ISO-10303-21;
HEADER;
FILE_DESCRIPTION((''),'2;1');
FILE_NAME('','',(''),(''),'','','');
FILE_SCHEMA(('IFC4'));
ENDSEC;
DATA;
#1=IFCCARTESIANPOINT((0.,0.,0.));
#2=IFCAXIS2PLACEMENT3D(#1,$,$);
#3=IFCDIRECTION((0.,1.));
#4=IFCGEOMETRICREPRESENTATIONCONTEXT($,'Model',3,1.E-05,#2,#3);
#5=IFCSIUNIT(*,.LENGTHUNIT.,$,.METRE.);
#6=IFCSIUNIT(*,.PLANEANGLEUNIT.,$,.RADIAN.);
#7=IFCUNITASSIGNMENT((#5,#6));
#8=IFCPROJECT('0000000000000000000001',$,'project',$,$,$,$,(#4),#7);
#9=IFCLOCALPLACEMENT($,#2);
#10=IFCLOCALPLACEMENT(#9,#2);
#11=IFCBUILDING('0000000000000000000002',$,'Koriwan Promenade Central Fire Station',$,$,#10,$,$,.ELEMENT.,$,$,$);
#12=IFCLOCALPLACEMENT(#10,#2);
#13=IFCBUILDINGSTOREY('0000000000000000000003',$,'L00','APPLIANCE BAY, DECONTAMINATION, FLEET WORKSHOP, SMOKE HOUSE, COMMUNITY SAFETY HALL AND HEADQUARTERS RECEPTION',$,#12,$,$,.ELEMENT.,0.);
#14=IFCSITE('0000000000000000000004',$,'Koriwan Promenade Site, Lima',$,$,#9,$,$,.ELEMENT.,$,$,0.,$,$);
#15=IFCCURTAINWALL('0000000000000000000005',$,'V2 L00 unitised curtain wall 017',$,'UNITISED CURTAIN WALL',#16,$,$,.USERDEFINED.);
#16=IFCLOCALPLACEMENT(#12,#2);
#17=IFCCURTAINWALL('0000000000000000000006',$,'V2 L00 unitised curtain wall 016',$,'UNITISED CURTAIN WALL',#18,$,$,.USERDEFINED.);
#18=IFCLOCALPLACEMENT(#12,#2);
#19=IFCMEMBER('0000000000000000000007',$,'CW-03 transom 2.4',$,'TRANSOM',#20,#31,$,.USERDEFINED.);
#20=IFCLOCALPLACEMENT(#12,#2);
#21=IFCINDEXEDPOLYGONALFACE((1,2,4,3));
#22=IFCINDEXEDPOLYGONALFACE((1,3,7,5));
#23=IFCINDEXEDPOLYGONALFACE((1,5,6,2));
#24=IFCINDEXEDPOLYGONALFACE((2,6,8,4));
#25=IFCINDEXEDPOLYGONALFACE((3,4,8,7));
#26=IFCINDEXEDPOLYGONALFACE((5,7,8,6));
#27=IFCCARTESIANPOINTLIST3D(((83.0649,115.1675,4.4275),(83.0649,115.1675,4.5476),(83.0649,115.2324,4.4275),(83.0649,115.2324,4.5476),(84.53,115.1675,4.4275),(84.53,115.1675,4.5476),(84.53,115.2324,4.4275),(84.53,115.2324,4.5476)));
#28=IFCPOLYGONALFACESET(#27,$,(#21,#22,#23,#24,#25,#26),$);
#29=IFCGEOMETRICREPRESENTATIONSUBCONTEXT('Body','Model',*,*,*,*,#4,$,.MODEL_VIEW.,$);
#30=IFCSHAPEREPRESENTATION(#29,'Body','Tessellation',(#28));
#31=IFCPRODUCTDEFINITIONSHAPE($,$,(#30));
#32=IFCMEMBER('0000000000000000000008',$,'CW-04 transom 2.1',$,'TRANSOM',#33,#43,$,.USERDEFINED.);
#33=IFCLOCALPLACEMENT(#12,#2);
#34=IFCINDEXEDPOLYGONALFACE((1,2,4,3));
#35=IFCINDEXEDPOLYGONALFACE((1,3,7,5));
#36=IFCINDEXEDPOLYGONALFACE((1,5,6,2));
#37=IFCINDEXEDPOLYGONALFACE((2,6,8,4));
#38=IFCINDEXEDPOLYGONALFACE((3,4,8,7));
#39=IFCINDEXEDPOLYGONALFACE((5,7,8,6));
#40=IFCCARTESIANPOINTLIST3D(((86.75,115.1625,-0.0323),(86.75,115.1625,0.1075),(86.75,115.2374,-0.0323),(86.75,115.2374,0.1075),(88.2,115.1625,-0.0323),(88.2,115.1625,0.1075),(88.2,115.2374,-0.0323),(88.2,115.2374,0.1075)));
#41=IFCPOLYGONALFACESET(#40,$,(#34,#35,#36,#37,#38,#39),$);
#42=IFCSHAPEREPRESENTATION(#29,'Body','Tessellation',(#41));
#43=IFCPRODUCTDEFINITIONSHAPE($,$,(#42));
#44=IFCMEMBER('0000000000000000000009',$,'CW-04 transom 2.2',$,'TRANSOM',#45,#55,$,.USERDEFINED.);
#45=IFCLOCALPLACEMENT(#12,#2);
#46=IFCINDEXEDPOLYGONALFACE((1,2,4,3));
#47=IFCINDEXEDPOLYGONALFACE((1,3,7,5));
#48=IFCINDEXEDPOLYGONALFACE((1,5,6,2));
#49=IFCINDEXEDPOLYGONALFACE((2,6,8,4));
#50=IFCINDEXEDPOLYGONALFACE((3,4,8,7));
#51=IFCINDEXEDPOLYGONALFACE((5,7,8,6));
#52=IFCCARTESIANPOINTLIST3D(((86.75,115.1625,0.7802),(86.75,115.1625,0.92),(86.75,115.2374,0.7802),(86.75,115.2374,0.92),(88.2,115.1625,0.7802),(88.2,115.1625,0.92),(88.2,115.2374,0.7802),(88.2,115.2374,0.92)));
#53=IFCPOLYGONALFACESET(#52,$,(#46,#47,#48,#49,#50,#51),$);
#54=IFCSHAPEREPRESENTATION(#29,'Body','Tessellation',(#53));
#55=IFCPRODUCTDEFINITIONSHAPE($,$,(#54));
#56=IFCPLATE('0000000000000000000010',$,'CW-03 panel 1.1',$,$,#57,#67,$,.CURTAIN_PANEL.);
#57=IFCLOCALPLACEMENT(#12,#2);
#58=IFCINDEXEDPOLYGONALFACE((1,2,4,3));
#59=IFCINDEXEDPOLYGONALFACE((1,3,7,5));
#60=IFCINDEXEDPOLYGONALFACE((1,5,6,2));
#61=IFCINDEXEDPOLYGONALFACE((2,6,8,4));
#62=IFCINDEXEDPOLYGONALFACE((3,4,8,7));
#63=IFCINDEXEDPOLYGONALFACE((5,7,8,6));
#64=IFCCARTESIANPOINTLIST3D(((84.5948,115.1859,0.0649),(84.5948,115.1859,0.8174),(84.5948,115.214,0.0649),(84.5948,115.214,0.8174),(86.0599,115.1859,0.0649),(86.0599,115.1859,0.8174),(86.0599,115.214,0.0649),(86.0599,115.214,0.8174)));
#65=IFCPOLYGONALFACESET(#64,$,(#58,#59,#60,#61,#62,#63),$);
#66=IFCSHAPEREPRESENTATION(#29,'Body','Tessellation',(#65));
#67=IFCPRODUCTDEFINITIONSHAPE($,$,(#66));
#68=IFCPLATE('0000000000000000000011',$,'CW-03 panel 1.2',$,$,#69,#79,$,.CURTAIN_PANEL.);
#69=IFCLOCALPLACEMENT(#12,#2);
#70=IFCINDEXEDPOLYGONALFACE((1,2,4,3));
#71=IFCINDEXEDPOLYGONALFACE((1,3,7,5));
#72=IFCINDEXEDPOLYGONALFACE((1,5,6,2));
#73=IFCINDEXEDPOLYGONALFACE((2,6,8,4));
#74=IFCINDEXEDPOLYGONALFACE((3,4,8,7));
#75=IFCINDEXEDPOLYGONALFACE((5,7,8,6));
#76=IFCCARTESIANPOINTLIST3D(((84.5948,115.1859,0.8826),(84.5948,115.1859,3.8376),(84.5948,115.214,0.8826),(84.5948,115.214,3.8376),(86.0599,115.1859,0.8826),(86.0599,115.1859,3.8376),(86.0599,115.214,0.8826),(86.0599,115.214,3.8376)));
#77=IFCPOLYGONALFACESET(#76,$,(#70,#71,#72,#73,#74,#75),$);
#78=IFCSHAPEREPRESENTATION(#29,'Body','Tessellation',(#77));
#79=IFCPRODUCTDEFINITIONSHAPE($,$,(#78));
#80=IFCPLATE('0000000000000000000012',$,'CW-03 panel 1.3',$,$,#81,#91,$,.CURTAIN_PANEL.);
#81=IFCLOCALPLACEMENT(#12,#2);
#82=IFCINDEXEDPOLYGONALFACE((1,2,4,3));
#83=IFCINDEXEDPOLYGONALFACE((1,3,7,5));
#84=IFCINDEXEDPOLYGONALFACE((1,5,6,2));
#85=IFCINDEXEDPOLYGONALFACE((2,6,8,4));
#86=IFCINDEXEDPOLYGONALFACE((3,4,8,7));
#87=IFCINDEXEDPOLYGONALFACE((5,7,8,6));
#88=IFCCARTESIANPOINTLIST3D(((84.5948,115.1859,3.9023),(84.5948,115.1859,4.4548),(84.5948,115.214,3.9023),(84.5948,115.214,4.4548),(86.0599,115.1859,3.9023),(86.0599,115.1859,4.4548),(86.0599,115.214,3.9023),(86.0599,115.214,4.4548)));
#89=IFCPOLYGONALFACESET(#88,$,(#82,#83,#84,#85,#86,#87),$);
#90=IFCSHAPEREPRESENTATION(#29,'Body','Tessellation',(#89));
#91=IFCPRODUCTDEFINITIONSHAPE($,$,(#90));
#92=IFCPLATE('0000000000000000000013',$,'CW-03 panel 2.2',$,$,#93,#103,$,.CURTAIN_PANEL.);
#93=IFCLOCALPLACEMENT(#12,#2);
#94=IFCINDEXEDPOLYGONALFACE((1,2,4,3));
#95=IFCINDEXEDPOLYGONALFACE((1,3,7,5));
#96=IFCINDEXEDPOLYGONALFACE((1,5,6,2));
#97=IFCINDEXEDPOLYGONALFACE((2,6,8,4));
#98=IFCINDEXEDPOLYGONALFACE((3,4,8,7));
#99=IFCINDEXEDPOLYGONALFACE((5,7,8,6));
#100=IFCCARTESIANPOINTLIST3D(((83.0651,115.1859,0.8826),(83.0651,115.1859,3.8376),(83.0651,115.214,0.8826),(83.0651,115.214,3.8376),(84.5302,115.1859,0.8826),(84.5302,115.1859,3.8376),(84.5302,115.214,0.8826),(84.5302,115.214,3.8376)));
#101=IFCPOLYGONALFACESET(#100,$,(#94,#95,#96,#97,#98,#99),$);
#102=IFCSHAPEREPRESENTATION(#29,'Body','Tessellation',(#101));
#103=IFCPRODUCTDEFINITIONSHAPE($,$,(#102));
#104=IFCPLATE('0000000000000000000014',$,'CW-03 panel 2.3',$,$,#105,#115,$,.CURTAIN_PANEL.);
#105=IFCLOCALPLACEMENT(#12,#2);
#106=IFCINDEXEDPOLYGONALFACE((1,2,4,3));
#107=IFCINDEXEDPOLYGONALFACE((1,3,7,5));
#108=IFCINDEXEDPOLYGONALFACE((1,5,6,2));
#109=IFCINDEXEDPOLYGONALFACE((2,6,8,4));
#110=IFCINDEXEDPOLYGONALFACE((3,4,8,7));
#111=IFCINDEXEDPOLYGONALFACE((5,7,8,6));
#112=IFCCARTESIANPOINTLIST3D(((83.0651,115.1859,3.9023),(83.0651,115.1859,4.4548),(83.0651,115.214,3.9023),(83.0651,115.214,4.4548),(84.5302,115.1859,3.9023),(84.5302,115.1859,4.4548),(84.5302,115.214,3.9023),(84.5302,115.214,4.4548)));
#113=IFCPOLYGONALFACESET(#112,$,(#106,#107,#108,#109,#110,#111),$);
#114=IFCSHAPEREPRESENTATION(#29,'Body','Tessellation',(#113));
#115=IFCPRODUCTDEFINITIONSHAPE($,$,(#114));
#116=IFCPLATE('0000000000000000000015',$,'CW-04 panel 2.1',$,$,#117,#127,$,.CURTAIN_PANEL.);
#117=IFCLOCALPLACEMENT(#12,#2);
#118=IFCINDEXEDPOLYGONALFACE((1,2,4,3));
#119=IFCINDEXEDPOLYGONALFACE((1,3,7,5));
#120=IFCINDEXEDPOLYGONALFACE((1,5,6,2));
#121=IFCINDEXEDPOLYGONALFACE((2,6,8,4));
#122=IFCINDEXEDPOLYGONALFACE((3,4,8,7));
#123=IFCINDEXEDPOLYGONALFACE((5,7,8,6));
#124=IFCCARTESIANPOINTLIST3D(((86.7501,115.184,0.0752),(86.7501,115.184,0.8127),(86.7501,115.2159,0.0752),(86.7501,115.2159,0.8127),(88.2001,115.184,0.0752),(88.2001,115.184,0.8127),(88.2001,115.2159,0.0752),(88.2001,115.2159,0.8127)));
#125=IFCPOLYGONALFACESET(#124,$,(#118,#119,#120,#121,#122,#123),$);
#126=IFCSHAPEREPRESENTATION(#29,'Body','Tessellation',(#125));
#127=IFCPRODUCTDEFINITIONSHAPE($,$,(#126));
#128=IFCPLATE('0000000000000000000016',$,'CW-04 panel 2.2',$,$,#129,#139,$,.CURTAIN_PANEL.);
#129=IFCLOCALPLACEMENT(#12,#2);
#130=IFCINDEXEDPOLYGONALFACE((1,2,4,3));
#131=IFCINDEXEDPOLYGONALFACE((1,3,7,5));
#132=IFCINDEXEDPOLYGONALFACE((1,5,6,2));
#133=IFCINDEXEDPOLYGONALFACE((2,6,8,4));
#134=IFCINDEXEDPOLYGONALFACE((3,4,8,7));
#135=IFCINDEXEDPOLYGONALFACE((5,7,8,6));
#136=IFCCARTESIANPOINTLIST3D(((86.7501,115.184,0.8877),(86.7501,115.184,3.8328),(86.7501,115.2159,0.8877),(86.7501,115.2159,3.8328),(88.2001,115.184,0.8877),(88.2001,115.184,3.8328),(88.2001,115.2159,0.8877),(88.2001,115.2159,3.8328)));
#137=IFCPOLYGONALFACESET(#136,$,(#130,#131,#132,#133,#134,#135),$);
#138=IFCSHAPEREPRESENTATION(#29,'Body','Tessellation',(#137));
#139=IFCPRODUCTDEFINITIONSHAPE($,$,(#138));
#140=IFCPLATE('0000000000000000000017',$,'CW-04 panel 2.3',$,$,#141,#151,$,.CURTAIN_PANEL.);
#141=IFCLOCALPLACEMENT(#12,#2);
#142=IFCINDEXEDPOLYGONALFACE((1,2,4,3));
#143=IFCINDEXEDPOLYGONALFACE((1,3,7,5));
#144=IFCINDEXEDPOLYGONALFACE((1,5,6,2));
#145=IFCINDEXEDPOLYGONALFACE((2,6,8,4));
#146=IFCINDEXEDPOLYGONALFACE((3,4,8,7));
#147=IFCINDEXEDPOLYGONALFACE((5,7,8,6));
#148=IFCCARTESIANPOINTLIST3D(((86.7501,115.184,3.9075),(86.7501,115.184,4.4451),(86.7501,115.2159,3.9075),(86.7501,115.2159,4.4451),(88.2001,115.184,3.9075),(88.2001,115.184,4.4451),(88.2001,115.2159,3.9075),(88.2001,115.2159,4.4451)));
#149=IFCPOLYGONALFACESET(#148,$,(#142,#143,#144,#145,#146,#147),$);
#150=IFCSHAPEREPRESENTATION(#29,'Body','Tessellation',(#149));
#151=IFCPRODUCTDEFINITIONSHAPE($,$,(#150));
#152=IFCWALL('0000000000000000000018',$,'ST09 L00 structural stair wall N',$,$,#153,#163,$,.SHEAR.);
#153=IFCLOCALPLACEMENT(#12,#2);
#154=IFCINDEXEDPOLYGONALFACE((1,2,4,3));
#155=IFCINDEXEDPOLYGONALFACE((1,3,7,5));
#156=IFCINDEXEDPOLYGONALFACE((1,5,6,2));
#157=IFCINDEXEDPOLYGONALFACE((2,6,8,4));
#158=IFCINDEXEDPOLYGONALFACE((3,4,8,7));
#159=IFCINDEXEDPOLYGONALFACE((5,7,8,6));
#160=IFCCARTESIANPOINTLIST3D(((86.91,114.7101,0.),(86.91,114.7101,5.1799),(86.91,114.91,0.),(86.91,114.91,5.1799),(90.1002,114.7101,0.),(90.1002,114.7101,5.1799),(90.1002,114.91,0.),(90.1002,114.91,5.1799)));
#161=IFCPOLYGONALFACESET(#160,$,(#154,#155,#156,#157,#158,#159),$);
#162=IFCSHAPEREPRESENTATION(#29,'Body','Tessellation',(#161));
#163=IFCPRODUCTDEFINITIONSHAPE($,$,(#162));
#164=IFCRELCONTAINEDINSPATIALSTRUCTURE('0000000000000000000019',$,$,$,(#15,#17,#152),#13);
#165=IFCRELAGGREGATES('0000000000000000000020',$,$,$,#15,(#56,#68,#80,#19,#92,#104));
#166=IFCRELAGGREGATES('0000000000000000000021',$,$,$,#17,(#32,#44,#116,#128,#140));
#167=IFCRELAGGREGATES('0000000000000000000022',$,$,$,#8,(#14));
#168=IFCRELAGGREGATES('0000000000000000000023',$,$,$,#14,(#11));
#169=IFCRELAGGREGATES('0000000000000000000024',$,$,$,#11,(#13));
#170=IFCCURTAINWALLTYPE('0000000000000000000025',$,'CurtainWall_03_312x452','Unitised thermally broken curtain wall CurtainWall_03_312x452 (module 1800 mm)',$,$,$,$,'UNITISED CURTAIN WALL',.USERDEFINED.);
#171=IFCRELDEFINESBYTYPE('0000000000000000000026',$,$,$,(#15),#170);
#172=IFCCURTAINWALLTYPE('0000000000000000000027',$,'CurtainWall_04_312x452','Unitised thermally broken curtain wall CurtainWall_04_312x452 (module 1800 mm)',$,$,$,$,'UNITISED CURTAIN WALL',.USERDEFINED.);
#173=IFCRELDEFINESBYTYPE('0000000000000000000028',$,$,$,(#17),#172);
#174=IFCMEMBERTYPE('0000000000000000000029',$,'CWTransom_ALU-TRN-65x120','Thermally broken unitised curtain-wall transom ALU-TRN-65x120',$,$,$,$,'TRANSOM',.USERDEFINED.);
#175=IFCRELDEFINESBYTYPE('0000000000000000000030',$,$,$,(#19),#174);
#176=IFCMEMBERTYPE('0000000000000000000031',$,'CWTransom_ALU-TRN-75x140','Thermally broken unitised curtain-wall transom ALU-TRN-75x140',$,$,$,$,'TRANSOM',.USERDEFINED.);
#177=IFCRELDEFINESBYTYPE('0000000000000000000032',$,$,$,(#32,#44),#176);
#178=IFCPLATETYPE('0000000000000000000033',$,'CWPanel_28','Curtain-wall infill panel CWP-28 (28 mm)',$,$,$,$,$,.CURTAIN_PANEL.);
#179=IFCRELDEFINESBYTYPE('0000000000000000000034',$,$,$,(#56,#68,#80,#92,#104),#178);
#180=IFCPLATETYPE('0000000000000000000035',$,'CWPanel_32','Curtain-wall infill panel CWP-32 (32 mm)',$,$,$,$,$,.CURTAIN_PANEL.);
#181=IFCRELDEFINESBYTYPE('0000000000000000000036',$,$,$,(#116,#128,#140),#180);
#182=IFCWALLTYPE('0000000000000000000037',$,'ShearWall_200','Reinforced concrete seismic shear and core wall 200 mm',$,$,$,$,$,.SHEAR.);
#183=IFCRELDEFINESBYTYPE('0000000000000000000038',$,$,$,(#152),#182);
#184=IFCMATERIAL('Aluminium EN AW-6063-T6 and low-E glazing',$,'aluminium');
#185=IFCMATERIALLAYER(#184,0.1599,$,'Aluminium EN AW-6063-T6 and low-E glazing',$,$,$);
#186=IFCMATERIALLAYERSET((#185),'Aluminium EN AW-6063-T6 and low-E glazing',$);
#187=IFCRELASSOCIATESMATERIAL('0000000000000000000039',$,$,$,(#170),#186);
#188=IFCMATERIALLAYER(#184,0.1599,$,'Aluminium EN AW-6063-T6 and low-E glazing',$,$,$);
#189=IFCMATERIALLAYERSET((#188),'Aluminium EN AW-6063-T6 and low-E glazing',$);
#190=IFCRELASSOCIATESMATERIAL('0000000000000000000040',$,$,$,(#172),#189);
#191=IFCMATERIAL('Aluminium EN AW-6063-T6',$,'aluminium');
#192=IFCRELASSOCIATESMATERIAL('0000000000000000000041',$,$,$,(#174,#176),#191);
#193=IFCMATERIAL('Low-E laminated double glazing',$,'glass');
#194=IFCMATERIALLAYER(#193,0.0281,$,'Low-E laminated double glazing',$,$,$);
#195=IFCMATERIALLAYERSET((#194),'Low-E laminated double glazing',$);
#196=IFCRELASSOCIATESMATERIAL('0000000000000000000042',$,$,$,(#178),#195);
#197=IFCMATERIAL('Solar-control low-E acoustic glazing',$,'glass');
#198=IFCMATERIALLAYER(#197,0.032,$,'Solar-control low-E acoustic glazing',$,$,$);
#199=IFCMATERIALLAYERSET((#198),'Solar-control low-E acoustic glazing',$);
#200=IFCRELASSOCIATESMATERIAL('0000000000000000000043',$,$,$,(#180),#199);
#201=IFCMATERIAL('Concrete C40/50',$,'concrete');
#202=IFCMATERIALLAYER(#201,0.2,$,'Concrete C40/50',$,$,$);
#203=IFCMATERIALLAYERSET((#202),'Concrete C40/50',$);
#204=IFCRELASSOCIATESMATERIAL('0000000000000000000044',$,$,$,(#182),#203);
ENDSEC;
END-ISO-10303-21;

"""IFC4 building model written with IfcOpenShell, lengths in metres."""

from ifc_helpers import new_model, si_unit, direction, frame, frame_2d, origin, origin_2d, place, context, subcontext, project, spatial, rectangle, extrude, material, layer, layer_set, material_profile, profile_set, type_object, element, aggregate, save


model = new_model("IFC4")

# Units and contexts
model_context = context("Model", 3, precision=1e-05, world=origin(), true_north=direction((0.0, 1.0)))
body_context = subcontext(model_context, "Body", "Model", "MODEL_VIEW")
ifc_project = project(units=[si_unit("LENGTHUNIT", "METRE"), si_unit("PLANEANGLEUNIT", "RADIAN")], contexts=[model_context])

# Site, building, storey
site_placement = place(None, origin())
site = spatial("IfcSite", under=ifc_project, at=site_placement, Name="Koriwan Promenade Site, Lima", CompositionType="ELEMENT", RefElevation=0.0)
building_placement = place(site_placement, origin())
building = spatial("IfcBuilding", under=site, at=building_placement, Name="Koriwan Promenade Central Fire Station", CompositionType="ELEMENT")
storey_placement = place(building_placement, origin())
storey = spatial("IfcBuildingStorey", under=building, at=storey_placement, Name="L00", Description="APPLIANCE BAY, DECONTAMINATION, FLEET WORKSHOP, SMOKE HOUSE, COMMUNITY SAFETY HALL AND HEADQUARTERS RECEPTION", CompositionType="ELEMENT", Elevation=0.0)

# Shared definitions
ifc_material_1 = material(Name="Concrete C40/50", Category="concrete")

# Curtain wall
ifc_material_2 = material(Name="Aluminium EN AW-6063-T6 and low-E glazing", Category="aluminium")
ifc_layer_1 = layer(ifc_material_2, 0.1599, Name="Aluminium EN AW-6063-T6 and low-E glazing")
ifc_layer_set_1 = layer_set([ifc_layer_1], Name="Aluminium EN AW-6063-T6 and low-E glazing")
curtain_wall_type_1 = type_object("IfcCurtainWallType", Name="CurtainWall_03_312x452", Description="Unitised thermally broken curtain wall CurtainWall_03_312x452 (module 1800 mm)", ElementType="UNITISED CURTAIN WALL", PredefinedType="USERDEFINED", material=ifc_layer_set_1)
curtain_wall_1_placement = place(storey_placement, origin())
curtain_wall_1 = element("IfcCurtainWall", 1, at=curtain_wall_1_placement, inside=storey, type_object=curtain_wall_type_1, Name="V2 L00 unitised curtain wall 017", ObjectType="UNITISED CURTAIN WALL", PredefinedType="USERDEFINED")
ifc_material_3 = material(Name="Aluminium EN AW-6063-T6", Category="aluminium")

# Curtain wall
ifc_layer_2 = layer(ifc_material_2, 0.1599, Name="Aluminium EN AW-6063-T6 and low-E glazing")
ifc_layer_set_2 = layer_set([ifc_layer_2], Name="Aluminium EN AW-6063-T6 and low-E glazing")
curtain_wall_type_2 = type_object("IfcCurtainWallType", Name="CurtainWall_04_312x452", Description="Unitised thermally broken curtain wall CurtainWall_04_312x452 (module 1800 mm)", ElementType="UNITISED CURTAIN WALL", PredefinedType="USERDEFINED", material=ifc_layer_set_2)
curtain_wall_2_placement = place(storey_placement, origin())
curtain_wall_2 = element("IfcCurtainWall", 2, at=curtain_wall_2_placement, inside=storey, type_object=curtain_wall_type_2, Name="V2 L00 unitised curtain wall 016", ObjectType="UNITISED CURTAIN WALL", PredefinedType="USERDEFINED")

# Members
ifc_material_profile_1 = material_profile(ifc_material_3, rectangle(XDim=0.0649, YDim=0.1201, at=origin_2d()), Name="ALU-TRN-65x120")
ifc_profile_set_1 = profile_set([ifc_material_profile_1], Name="Aluminium EN AW-6063-T6")
member_type_1 = type_object("IfcMemberType", Name="CWTransom_ALU-TRN-65x120", Description="Thermally broken unitised curtain-wall transom ALU-TRN-65x120", ElementType="TRANSOM", PredefinedType="USERDEFINED", material=ifc_profile_set_1)
member_1_placement = place(storey_placement, frame((84.53, 115.2, 4.4875), z_axis=(-1.0, 0.0, 0.0), x_axis=(0.0, -1.0, 0.0)))
member_1 = element("IfcMember", 3, at=member_1_placement, type_object=member_type_1, Name="CW-03 transom 2.4", ObjectType="TRANSOM", PredefinedType="USERDEFINED", context=body_context, shape_type="SweptSolid", body=[
    extrude(rectangle(XDim=0.0649, YDim=0.1201, at=origin_2d()), origin(), (0.0, 0.0, 1.0), 1.4651),
])
ifc_material_profile_2 = material_profile(ifc_material_3, rectangle(XDim=0.075, YDim=0.1399, at=origin_2d()), Name="ALU-TRN-75x140")
ifc_profile_set_2 = profile_set([ifc_material_profile_2], Name="Aluminium EN AW-6063-T6")
member_type_2 = type_object("IfcMemberType", Name="CWTransom_ALU-TRN-75x140", Description="Thermally broken unitised curtain-wall transom ALU-TRN-75x140", ElementType="TRANSOM", PredefinedType="USERDEFINED", material=ifc_profile_set_2)
member_2_placement = place(storey_placement, frame((88.2, 115.2, 0.0376), z_axis=(-1.0, 0.0, 0.0), x_axis=(0.0, -1.0, 0.0)))
member_2 = element("IfcMember", 4, at=member_2_placement, type_object=member_type_2, Name="CW-04 transom 2.1", ObjectType="TRANSOM", PredefinedType="USERDEFINED", context=body_context, shape_type="SweptSolid", body=[
    extrude(rectangle(XDim=0.075, YDim=0.1399, at=origin_2d()), origin(), (0.0, 0.0, 1.0), 1.45),
])
member_3_placement = place(storey_placement, frame((88.2, 115.2, 0.8501), z_axis=(-1.0, 0.0, 0.0), x_axis=(0.0, -1.0, 0.0)))
member_3 = element("IfcMember", 5, at=member_3_placement, type_object=member_type_2, Name="CW-04 transom 2.2", ObjectType="TRANSOM", PredefinedType="USERDEFINED", context=body_context, shape_type="SweptSolid", body=[
    extrude(rectangle(XDim=0.075, YDim=0.1399, at=origin_2d()), origin(), (0.0, 0.0, 1.0), 1.45),
])

# Plates
ifc_material_4 = material(Name="Low-E laminated double glazing", Category="glass")
ifc_layer_3 = layer(ifc_material_4, 0.0281, Name="Low-E laminated double glazing")
ifc_layer_set_3 = layer_set([ifc_layer_3], Name="Low-E laminated double glazing")
plate_type_1 = type_object("IfcPlateType", Name="CWPanel_28", Description="Curtain-wall infill panel CWP-28 (28 mm)", PredefinedType="CURTAIN_PANEL", material=ifc_layer_set_3)
plate_1_placement = place(storey_placement, frame((85.3274, 115.2, 0.0649), z_axis=(0.0, 0.0, 1.0), x_axis=(-1.0, 0.0, 0.0)))
plate_1 = element("IfcPlate", 6, at=plate_1_placement, type_object=plate_type_1, Name="CW-03 panel 1.1", PredefinedType="CURTAIN_PANEL", context=body_context, shape_type="SweptSolid", body=[
    extrude(rectangle(XDim=1.4651, YDim=0.0281, at=origin_2d()), origin(), (0.0, 0.0, 1.0), 0.7524),
])
plate_2_placement = place(storey_placement, frame((85.3274, 115.2, 0.8826), z_axis=(0.0, 0.0, 1.0), x_axis=(-1.0, 0.0, 0.0)))
plate_2 = element("IfcPlate", 7, at=plate_2_placement, type_object=plate_type_1, Name="CW-03 panel 1.2", PredefinedType="CURTAIN_PANEL", context=body_context, shape_type="SweptSolid", body=[
    extrude(rectangle(XDim=1.4651, YDim=0.0281, at=origin_2d()), origin(), (0.0, 0.0, 1.0), 2.9551),
])
plate_3_placement = place(storey_placement, frame((85.3274, 115.2, 3.9023), z_axis=(0.0, 0.0, 1.0), x_axis=(-1.0, 0.0, 0.0)))
plate_3 = element("IfcPlate", 8, at=plate_3_placement, type_object=plate_type_1, Name="CW-03 panel 1.3", PredefinedType="CURTAIN_PANEL", context=body_context, shape_type="SweptSolid", body=[
    extrude(rectangle(XDim=1.4651, YDim=0.0281, at=origin_2d()), origin(), (0.0, 0.0, 1.0), 0.5525),
])
plate_4_placement = place(storey_placement, frame((83.7976, 115.2, 0.8826), z_axis=(0.0, 0.0, 1.0), x_axis=(-1.0, 0.0, 0.0)))
plate_4 = element("IfcPlate", 9, at=plate_4_placement, type_object=plate_type_1, Name="CW-03 panel 2.2", PredefinedType="CURTAIN_PANEL", context=body_context, shape_type="SweptSolid", body=[
    extrude(rectangle(XDim=1.4651, YDim=0.0281, at=origin_2d()), origin(), (0.0, 0.0, 1.0), 2.9551),
])
plate_5_placement = place(storey_placement, frame((83.7976, 115.2, 3.9023), z_axis=(0.0, 0.0, 1.0), x_axis=(-1.0, 0.0, 0.0)))
plate_5 = element("IfcPlate", 10, at=plate_5_placement, type_object=plate_type_1, Name="CW-03 panel 2.3", PredefinedType="CURTAIN_PANEL", context=body_context, shape_type="SweptSolid", body=[
    extrude(rectangle(XDim=1.4651, YDim=0.0281, at=origin_2d()), origin(), (0.0, 0.0, 1.0), 0.5525),
])
aggregate(curtain_wall_1, [plate_1, plate_2, plate_3, member_1, plate_4, plate_5])
ifc_material_5 = material(Name="Solar-control low-E acoustic glazing", Category="glass")
ifc_layer_4 = layer(ifc_material_5, 0.032, Name="Solar-control low-E acoustic glazing")
ifc_layer_set_4 = layer_set([ifc_layer_4], Name="Solar-control low-E acoustic glazing")
plate_type_2 = type_object("IfcPlateType", Name="CWPanel_32", Description="Curtain-wall infill panel CWP-32 (32 mm)", PredefinedType="CURTAIN_PANEL", material=ifc_layer_set_4)
plate_6_placement = place(storey_placement, frame((87.4751, 115.2, 0.0752), z_axis=(0.0, 0.0, 1.0), x_axis=(-1.0, 0.0, 0.0)))
plate_6 = element("IfcPlate", 11, at=plate_6_placement, type_object=plate_type_2, Name="CW-04 panel 2.1", PredefinedType="CURTAIN_PANEL", context=body_context, shape_type="SweptSolid", body=[
    extrude(rectangle(XDim=1.45, YDim=0.032, at=origin_2d()), origin(), (0.0, 0.0, 1.0), 0.7375),
])
plate_7_placement = place(storey_placement, frame((87.4751, 115.2, 0.8877), z_axis=(0.0, 0.0, 1.0), x_axis=(-1.0, 0.0, 0.0)))
plate_7 = element("IfcPlate", 12, at=plate_7_placement, type_object=plate_type_2, Name="CW-04 panel 2.2", PredefinedType="CURTAIN_PANEL", context=body_context, shape_type="SweptSolid", body=[
    extrude(rectangle(XDim=1.45, YDim=0.032, at=origin_2d()), origin(), (0.0, 0.0, 1.0), 2.9451),
])
plate_8_placement = place(storey_placement, frame((87.4751, 115.2, 3.9075), z_axis=(0.0, 0.0, 1.0), x_axis=(-1.0, 0.0, 0.0)))
plate_8 = element("IfcPlate", 13, at=plate_8_placement, type_object=plate_type_2, Name="CW-04 panel 2.3", PredefinedType="CURTAIN_PANEL", context=body_context, shape_type="SweptSolid", body=[
    extrude(rectangle(XDim=1.45, YDim=0.032, at=origin_2d()), origin(), (0.0, 0.0, 1.0), 0.5376),
])
aggregate(curtain_wall_2, [member_2, member_3, plate_6, plate_7, plate_8])

# Wall
ifc_layer_5 = layer(ifc_material_1, 0.2, Name="Concrete C40/50")
ifc_layer_set_5 = layer_set([ifc_layer_5], Name="Concrete C40/50")
wall_type = type_object("IfcWallType", Name="ShearWall_200", Description="Reinforced concrete seismic shear and core wall 200 mm", PredefinedType="SHEAR", material=ifc_layer_set_5)
wall_placement = place(storey_placement, frame((86.9099, 114.8101, 0.0), z_axis=(0.0, 0.0, 1.0), x_axis=(1.0, 0.0, 0.0)))
element("IfcWall", 14, at=wall_placement, inside=storey, type_object=wall_type, Name="ST09 L00 structural stair wall N", PredefinedType="SHEAR", context=body_context, shape_type="SweptSolid", body=[
    extrude(rectangle(XDim=3.1902, YDim=0.2, at=frame_2d((1.5952, 0.0))), origin(), (0.0, 0.0, 1.0), 5.1799),
])

save(model, "model.ifc")
